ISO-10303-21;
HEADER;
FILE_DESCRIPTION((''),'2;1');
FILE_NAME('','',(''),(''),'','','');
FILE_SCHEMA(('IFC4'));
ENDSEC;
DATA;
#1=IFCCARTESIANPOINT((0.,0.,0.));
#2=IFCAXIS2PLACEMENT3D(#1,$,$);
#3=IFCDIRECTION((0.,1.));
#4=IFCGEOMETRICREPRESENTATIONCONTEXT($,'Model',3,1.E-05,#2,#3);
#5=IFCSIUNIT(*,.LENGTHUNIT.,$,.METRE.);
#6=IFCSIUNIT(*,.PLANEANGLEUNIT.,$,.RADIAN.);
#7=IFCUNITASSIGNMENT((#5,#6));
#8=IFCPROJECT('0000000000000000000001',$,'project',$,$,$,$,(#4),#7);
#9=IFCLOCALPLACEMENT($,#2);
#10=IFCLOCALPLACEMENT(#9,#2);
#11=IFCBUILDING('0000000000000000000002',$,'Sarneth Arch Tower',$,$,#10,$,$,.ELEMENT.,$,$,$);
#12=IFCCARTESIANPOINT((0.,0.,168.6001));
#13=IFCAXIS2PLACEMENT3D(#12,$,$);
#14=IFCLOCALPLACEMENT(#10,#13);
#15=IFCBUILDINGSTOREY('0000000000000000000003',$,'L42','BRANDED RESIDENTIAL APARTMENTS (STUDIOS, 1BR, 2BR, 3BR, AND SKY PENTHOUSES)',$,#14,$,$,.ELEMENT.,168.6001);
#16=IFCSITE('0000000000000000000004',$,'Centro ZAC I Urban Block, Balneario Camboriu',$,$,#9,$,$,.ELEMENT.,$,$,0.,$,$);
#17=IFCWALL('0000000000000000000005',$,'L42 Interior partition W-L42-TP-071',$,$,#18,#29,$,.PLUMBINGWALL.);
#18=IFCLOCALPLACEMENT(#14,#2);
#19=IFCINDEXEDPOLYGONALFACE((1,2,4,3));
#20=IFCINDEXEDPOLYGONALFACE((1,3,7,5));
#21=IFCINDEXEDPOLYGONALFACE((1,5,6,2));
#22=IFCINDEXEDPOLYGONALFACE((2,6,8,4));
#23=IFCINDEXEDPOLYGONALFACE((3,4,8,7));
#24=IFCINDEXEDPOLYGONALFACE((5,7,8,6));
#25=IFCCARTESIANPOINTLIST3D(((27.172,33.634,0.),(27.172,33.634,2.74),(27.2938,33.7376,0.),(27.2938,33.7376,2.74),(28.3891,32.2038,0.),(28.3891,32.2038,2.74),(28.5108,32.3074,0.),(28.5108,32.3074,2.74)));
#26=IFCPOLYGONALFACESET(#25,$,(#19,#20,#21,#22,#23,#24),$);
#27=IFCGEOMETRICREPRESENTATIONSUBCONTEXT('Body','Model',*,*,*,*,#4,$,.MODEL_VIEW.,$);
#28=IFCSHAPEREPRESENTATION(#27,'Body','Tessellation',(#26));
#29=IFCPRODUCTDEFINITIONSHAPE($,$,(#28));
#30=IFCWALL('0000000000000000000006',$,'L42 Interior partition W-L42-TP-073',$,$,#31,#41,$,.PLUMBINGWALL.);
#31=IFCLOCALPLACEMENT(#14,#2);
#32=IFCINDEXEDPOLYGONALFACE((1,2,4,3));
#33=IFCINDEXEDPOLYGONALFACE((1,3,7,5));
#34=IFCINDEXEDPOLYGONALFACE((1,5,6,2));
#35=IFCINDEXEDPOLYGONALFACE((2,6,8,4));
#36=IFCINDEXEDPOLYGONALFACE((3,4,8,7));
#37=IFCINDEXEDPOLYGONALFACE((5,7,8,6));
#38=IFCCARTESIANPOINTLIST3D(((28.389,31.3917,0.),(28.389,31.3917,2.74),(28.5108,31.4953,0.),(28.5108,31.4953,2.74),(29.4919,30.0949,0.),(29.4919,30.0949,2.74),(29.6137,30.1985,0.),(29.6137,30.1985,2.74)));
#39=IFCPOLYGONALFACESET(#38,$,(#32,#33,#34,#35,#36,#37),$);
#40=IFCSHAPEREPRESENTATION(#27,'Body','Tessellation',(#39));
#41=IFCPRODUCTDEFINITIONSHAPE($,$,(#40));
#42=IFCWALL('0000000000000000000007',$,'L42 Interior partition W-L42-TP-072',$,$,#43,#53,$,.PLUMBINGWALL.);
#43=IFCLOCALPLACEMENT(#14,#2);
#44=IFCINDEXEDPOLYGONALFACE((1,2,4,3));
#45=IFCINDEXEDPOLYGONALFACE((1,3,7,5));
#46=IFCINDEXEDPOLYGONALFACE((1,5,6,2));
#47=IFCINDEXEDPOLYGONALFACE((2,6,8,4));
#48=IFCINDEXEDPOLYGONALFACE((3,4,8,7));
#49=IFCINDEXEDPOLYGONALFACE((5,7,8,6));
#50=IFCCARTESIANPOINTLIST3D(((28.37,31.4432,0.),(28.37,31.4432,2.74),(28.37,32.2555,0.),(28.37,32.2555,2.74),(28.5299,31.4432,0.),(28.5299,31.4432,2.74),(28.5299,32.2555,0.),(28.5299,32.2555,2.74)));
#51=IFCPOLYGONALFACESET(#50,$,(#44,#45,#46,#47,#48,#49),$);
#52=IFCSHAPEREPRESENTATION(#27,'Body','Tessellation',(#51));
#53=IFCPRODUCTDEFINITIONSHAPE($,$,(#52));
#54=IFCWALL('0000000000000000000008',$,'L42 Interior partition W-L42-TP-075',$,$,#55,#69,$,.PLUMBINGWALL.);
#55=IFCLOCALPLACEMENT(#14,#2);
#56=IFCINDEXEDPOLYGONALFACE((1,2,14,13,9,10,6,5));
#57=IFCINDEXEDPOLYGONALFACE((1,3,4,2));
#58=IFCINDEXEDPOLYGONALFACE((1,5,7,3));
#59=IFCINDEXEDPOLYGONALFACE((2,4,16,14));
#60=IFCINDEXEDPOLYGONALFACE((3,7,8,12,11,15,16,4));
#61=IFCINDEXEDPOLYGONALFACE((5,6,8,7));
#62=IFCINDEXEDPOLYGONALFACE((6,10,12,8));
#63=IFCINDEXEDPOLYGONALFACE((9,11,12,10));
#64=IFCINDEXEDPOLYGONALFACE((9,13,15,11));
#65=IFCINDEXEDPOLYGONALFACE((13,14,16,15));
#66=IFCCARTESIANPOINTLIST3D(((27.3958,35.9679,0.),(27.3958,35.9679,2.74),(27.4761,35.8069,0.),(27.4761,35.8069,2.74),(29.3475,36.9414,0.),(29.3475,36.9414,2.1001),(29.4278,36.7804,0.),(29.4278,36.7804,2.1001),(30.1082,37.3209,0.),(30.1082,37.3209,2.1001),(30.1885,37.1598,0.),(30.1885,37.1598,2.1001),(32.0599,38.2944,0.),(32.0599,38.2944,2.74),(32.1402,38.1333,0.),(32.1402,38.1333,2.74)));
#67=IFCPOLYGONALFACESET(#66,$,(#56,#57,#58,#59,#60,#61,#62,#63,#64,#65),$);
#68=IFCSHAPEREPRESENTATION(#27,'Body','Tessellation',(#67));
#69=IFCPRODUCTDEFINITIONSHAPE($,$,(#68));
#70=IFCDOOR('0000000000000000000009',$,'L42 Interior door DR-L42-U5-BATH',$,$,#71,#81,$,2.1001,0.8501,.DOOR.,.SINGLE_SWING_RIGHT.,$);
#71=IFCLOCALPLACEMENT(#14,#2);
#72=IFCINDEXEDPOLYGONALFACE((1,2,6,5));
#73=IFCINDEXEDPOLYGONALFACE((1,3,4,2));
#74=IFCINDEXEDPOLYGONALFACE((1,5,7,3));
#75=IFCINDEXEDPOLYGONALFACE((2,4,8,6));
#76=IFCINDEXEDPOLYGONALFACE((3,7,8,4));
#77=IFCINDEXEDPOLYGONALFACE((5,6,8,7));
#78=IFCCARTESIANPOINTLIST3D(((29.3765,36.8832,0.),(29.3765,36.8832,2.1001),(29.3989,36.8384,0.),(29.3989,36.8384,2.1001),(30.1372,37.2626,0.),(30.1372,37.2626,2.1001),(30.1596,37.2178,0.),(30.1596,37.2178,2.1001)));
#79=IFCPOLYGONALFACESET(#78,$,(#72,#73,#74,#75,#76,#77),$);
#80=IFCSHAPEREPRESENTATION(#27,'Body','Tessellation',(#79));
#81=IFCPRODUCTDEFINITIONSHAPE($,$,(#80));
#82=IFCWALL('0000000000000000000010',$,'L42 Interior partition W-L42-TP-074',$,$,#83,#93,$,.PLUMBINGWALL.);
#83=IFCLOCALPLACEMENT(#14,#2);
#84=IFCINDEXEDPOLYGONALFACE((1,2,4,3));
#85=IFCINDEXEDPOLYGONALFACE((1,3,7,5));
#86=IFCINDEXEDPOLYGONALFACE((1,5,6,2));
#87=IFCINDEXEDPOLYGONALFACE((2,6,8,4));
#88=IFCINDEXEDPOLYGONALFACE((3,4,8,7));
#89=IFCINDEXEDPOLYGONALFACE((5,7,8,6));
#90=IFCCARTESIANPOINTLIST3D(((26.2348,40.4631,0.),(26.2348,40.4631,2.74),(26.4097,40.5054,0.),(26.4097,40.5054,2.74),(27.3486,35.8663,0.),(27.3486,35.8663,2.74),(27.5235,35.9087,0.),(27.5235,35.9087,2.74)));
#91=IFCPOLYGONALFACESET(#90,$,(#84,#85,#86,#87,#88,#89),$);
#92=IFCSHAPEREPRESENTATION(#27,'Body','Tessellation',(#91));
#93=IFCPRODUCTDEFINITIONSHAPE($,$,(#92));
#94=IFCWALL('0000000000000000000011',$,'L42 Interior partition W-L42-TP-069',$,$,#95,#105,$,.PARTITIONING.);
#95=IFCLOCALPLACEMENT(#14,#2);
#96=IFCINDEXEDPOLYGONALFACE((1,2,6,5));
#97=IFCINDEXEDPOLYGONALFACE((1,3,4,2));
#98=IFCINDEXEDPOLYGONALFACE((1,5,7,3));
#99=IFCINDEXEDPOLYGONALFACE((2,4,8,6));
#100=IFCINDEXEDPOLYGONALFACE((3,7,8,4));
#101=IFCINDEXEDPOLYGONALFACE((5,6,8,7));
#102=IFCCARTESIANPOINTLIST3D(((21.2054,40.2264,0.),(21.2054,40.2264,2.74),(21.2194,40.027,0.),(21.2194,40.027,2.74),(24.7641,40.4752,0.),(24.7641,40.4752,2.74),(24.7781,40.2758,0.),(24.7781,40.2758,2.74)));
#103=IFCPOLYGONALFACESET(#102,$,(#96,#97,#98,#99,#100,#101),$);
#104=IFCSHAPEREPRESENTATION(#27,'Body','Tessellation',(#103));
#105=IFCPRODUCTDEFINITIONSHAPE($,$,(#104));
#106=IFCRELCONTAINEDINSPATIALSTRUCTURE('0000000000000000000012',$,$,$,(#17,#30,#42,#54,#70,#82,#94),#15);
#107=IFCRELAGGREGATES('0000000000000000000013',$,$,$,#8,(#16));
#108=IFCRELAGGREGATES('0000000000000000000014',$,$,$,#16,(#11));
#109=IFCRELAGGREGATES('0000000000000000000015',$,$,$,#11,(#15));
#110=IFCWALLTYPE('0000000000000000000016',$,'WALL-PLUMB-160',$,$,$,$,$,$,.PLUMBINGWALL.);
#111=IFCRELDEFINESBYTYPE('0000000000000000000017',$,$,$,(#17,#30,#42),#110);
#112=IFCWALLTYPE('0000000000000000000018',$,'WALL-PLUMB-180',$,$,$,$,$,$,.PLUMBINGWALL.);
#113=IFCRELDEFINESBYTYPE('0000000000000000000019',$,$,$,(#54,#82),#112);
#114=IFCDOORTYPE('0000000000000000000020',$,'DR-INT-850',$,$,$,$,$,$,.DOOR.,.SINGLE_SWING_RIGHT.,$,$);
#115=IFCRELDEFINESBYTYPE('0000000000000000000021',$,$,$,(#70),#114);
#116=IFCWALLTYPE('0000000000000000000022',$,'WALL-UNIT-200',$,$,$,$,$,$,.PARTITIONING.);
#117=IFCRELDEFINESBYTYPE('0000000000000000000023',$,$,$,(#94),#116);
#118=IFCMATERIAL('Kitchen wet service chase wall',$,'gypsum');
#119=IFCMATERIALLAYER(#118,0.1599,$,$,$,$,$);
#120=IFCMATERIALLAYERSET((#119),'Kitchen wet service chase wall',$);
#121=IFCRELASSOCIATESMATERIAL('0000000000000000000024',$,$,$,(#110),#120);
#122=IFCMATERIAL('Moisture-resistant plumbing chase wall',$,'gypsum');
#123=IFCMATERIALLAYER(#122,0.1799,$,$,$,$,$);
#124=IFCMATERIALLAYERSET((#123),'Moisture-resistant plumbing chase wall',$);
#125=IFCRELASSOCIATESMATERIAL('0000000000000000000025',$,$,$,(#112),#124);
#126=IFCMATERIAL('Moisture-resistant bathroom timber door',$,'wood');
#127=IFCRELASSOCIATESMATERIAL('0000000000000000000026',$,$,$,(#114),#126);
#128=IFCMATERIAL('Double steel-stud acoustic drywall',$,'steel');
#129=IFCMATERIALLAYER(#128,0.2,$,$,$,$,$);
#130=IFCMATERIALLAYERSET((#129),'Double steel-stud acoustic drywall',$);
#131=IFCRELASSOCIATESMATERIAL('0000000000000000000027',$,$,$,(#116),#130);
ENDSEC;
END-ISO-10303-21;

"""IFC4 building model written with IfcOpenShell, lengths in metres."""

from ifc_helpers import new_model, si_unit, direction, frame, frame_2d, origin, place, context, subcontext, project, spatial, rectangle, extrude, material, layer, layer_set, type_object, element, fill, save


model = new_model("IFC4")

# Units and contexts
model_context = context("Model", 3, precision=1e-05, world=origin(), true_north=direction((0.0, 1.0)))
body_context = subcontext(model_context, "Body", "Model", "MODEL_VIEW")
ifc_project = project(units=[si_unit("LENGTHUNIT", "METRE"), si_unit("PLANEANGLEUNIT", "RADIAN")], contexts=[model_context])

# Site, building, storey
site_placement = place(None, origin())
site = spatial("IfcSite", under=ifc_project, at=site_placement, Name="Centro ZAC I Urban Block, Balneario Camboriu", CompositionType="ELEMENT", RefElevation=0.0)
building_placement = place(site_placement, origin())
building = spatial("IfcBuilding", under=site, at=building_placement, Name="Sarneth Arch Tower", CompositionType="ELEMENT")
storey_placement = place(building_placement, frame((0.0, 0.0, 168.6001)))
storey = spatial("IfcBuildingStorey", under=building, at=storey_placement, Name="L42", Description="BRANDED RESIDENTIAL APARTMENTS (STUDIOS, 1BR, 2BR, 3BR, AND SKY PENTHOUSES)", CompositionType="ELEMENT", Elevation=168.6001)

# Shared definitions
ifc_material_1 = material(Name="Kitchen wet service chase wall", Category="gypsum")
ifc_layer_1 = layer(ifc_material_1, 0.1599)
ifc_layer_set_1 = layer_set([ifc_layer_1], Name="Kitchen wet service chase wall")
wall_type_1 = type_object("IfcWallType", Name="WALL-PLUMB-160", PredefinedType="PLUMBINGWALL", material=ifc_layer_set_1)

# Walls
wall_1_placement = place(storey_placement, frame((27.2329, 33.6858, 0.0), z_axis=(0.0, 0.0, 1.0), x_axis=(0.648079, -0.761574, 0.0)))
element("IfcWall", 1, at=wall_1_placement, inside=storey, type_object=wall_type_1, Name="L42 Interior partition W-L42-TP-071", PredefinedType="PLUMBINGWALL", context=body_context, shape_type="SweptSolid", body=[
    extrude(rectangle(XDim=1.8779, YDim=0.1599, at=frame_2d((0.939, 0.0))), origin(), (0.0, 0.0, 1.0), 2.74),
])
wall_2_placement = place(storey_placement, frame((28.45, 31.4434, 0.0), z_axis=(0.0, 0.0, 1.0), x_axis=(0.647881, -0.761741, 0.0)))
element("IfcWall", 2, at=wall_2_placement, inside=storey, type_object=wall_type_1, Name="L42 Interior partition W-L42-TP-073", PredefinedType="PLUMBINGWALL", context=body_context, shape_type="SweptSolid", body=[
    extrude(rectangle(XDim=1.7024, YDim=0.1599, at=frame_2d((0.8511, 0.0))), origin(), (0.0, 0.0, 1.0), 2.74),
])
wall_3_placement = place(storey_placement, frame((28.45, 32.2556, 0.0), z_axis=(0.0, 0.0, 1.0), x_axis=(0.0, -1.0, 0.0)))
element("IfcWall", 3, at=wall_3_placement, inside=storey, type_object=wall_type_1, Name="L42 Interior partition W-L42-TP-072", PredefinedType="PLUMBINGWALL", context=body_context, shape_type="SweptSolid", body=[
    extrude(rectangle(XDim=0.8123, YDim=0.1599, at=frame_2d((0.4062, 0.0))), origin(), (0.0, 0.0, 1.0), 2.74),
])

# Wall, opening, door
ifc_material_2 = material(Name="Moisture-resistant plumbing chase wall", Category="gypsum")
ifc_layer_2 = layer(ifc_material_2, 0.1799)
ifc_layer_set_2 = layer_set([ifc_layer_2], Name="Moisture-resistant plumbing chase wall")
wall_type_2 = type_object("IfcWallType", Name="WALL-PLUMB-180", PredefinedType="PLUMBINGWALL", material=ifc_layer_set_2)
wall_4_placement = place(storey_placement, frame((27.436, 35.8875, 0.0), z_axis=(0.0, 0.0, 1.0), x_axis=(0.894858, 0.446352, 0.0)))
wall_4 = element("IfcWall", 4, at=wall_4_placement, inside=storey, type_object=wall_type_2, Name="L42 Interior partition W-L42-TP-075", PredefinedType="PLUMBINGWALL", context=body_context, shape_type="SweptSolid", body=[
    extrude(rectangle(XDim=5.2122, YDim=0.1799, at=frame_2d((2.606, 0.0))), origin(), (0.0, 0.0, 1.0), 2.74),
])
opening_1_placement = place(wall_4_placement, frame((2.1809, 0.0, 0.0)))
opening_1 = element("IfcOpeningElement", 5, at=opening_1_placement, cuts=wall_4, PredefinedType="OPENING", context=body_context, shape_type="SweptSolid", body=[
    extrude(rectangle(XDim=0.8501, YDim=2.1001, at=frame_2d((0.425, 1.05))), frame((0.0, 0.0999, 0.0), z_axis=(0.0, -1.0, 0.0), x_axis=(1.0, 0.0, 0.0)), (0.0, 0.0, 1.0), 0.2),
])
ifc_material_3 = material(Name="Moisture-resistant bathroom timber door", Category="wood")
door_type_1 = type_object("IfcDoorType", Name="DR-INT-850", OperationType="SINGLE_SWING_RIGHT", PredefinedType="DOOR", material=ifc_material_3)
door_1_placement = place(opening_1_placement, origin())
door_1 = element("IfcDoor", 6, at=door_1_placement, inside=storey, type_object=door_type_1, Name="L42 Interior door DR-L42-U5-BATH", OperationType="SINGLE_SWING_RIGHT", OverallHeight=2.1001, OverallWidth=0.8501, PredefinedType="DOOR", context=body_context, shape_type="SweptSolid", body=[
    extrude(rectangle(XDim=0.8501, YDim=2.1001, at=frame_2d((0.425, 1.05))), frame((0.0, 0.0249, 0.0), z_axis=(0.0, -1.0, 0.0), x_axis=(1.0, 0.0, 0.0)), (0.0, 0.0, 1.0), 0.05),
])
fill(opening_1, door_1)

# Walls
wall_5_placement = place(storey_placement, frame((26.3223, 40.4841, 0.0), z_axis=(0.0, 0.0, 1.0), x_axis=(0.235485, -0.971878, 0.0)))
element("IfcWall", 7, at=wall_5_placement, inside=storey, type_object=wall_type_2, Name="L42 Interior partition W-L42-TP-074", PredefinedType="PLUMBINGWALL", context=body_context, shape_type="SweptSolid", body=[
    extrude(rectangle(XDim=4.7297, YDim=0.1799, at=frame_2d((2.3647, 0.0))), origin(), (0.0, 0.0, 1.0), 2.74),
])
ifc_material_4 = material(Name="Double steel-stud acoustic drywall", Category="steel")
ifc_layer_3 = layer(ifc_material_4, 0.2)
ifc_layer_set_3 = layer_set([ifc_layer_3], Name="Double steel-stud acoustic drywall")
wall_type_3 = type_object("IfcWallType", Name="WALL-UNIT-200", PredefinedType="PARTITIONING", material=ifc_layer_set_3)
wall_6_placement = place(storey_placement, frame((21.2124, 40.1267, 0.0), z_axis=(0.0, 0.0, 1.0), x_axis=(0.997565, 0.069739, 0.0)))
element("IfcWall", 8, at=wall_6_placement, inside=storey, type_object=wall_type_3, Name="L42 Interior partition W-L42-TP-069", PredefinedType="PARTITIONING", context=body_context, shape_type="SweptSolid", body=[
    extrude(rectangle(XDim=3.5674, YDim=0.2, at=frame_2d((1.7837, 0.0))), origin(), (0.0, 0.0, 1.0), 2.74),
])

save(model, "model.ifc")
